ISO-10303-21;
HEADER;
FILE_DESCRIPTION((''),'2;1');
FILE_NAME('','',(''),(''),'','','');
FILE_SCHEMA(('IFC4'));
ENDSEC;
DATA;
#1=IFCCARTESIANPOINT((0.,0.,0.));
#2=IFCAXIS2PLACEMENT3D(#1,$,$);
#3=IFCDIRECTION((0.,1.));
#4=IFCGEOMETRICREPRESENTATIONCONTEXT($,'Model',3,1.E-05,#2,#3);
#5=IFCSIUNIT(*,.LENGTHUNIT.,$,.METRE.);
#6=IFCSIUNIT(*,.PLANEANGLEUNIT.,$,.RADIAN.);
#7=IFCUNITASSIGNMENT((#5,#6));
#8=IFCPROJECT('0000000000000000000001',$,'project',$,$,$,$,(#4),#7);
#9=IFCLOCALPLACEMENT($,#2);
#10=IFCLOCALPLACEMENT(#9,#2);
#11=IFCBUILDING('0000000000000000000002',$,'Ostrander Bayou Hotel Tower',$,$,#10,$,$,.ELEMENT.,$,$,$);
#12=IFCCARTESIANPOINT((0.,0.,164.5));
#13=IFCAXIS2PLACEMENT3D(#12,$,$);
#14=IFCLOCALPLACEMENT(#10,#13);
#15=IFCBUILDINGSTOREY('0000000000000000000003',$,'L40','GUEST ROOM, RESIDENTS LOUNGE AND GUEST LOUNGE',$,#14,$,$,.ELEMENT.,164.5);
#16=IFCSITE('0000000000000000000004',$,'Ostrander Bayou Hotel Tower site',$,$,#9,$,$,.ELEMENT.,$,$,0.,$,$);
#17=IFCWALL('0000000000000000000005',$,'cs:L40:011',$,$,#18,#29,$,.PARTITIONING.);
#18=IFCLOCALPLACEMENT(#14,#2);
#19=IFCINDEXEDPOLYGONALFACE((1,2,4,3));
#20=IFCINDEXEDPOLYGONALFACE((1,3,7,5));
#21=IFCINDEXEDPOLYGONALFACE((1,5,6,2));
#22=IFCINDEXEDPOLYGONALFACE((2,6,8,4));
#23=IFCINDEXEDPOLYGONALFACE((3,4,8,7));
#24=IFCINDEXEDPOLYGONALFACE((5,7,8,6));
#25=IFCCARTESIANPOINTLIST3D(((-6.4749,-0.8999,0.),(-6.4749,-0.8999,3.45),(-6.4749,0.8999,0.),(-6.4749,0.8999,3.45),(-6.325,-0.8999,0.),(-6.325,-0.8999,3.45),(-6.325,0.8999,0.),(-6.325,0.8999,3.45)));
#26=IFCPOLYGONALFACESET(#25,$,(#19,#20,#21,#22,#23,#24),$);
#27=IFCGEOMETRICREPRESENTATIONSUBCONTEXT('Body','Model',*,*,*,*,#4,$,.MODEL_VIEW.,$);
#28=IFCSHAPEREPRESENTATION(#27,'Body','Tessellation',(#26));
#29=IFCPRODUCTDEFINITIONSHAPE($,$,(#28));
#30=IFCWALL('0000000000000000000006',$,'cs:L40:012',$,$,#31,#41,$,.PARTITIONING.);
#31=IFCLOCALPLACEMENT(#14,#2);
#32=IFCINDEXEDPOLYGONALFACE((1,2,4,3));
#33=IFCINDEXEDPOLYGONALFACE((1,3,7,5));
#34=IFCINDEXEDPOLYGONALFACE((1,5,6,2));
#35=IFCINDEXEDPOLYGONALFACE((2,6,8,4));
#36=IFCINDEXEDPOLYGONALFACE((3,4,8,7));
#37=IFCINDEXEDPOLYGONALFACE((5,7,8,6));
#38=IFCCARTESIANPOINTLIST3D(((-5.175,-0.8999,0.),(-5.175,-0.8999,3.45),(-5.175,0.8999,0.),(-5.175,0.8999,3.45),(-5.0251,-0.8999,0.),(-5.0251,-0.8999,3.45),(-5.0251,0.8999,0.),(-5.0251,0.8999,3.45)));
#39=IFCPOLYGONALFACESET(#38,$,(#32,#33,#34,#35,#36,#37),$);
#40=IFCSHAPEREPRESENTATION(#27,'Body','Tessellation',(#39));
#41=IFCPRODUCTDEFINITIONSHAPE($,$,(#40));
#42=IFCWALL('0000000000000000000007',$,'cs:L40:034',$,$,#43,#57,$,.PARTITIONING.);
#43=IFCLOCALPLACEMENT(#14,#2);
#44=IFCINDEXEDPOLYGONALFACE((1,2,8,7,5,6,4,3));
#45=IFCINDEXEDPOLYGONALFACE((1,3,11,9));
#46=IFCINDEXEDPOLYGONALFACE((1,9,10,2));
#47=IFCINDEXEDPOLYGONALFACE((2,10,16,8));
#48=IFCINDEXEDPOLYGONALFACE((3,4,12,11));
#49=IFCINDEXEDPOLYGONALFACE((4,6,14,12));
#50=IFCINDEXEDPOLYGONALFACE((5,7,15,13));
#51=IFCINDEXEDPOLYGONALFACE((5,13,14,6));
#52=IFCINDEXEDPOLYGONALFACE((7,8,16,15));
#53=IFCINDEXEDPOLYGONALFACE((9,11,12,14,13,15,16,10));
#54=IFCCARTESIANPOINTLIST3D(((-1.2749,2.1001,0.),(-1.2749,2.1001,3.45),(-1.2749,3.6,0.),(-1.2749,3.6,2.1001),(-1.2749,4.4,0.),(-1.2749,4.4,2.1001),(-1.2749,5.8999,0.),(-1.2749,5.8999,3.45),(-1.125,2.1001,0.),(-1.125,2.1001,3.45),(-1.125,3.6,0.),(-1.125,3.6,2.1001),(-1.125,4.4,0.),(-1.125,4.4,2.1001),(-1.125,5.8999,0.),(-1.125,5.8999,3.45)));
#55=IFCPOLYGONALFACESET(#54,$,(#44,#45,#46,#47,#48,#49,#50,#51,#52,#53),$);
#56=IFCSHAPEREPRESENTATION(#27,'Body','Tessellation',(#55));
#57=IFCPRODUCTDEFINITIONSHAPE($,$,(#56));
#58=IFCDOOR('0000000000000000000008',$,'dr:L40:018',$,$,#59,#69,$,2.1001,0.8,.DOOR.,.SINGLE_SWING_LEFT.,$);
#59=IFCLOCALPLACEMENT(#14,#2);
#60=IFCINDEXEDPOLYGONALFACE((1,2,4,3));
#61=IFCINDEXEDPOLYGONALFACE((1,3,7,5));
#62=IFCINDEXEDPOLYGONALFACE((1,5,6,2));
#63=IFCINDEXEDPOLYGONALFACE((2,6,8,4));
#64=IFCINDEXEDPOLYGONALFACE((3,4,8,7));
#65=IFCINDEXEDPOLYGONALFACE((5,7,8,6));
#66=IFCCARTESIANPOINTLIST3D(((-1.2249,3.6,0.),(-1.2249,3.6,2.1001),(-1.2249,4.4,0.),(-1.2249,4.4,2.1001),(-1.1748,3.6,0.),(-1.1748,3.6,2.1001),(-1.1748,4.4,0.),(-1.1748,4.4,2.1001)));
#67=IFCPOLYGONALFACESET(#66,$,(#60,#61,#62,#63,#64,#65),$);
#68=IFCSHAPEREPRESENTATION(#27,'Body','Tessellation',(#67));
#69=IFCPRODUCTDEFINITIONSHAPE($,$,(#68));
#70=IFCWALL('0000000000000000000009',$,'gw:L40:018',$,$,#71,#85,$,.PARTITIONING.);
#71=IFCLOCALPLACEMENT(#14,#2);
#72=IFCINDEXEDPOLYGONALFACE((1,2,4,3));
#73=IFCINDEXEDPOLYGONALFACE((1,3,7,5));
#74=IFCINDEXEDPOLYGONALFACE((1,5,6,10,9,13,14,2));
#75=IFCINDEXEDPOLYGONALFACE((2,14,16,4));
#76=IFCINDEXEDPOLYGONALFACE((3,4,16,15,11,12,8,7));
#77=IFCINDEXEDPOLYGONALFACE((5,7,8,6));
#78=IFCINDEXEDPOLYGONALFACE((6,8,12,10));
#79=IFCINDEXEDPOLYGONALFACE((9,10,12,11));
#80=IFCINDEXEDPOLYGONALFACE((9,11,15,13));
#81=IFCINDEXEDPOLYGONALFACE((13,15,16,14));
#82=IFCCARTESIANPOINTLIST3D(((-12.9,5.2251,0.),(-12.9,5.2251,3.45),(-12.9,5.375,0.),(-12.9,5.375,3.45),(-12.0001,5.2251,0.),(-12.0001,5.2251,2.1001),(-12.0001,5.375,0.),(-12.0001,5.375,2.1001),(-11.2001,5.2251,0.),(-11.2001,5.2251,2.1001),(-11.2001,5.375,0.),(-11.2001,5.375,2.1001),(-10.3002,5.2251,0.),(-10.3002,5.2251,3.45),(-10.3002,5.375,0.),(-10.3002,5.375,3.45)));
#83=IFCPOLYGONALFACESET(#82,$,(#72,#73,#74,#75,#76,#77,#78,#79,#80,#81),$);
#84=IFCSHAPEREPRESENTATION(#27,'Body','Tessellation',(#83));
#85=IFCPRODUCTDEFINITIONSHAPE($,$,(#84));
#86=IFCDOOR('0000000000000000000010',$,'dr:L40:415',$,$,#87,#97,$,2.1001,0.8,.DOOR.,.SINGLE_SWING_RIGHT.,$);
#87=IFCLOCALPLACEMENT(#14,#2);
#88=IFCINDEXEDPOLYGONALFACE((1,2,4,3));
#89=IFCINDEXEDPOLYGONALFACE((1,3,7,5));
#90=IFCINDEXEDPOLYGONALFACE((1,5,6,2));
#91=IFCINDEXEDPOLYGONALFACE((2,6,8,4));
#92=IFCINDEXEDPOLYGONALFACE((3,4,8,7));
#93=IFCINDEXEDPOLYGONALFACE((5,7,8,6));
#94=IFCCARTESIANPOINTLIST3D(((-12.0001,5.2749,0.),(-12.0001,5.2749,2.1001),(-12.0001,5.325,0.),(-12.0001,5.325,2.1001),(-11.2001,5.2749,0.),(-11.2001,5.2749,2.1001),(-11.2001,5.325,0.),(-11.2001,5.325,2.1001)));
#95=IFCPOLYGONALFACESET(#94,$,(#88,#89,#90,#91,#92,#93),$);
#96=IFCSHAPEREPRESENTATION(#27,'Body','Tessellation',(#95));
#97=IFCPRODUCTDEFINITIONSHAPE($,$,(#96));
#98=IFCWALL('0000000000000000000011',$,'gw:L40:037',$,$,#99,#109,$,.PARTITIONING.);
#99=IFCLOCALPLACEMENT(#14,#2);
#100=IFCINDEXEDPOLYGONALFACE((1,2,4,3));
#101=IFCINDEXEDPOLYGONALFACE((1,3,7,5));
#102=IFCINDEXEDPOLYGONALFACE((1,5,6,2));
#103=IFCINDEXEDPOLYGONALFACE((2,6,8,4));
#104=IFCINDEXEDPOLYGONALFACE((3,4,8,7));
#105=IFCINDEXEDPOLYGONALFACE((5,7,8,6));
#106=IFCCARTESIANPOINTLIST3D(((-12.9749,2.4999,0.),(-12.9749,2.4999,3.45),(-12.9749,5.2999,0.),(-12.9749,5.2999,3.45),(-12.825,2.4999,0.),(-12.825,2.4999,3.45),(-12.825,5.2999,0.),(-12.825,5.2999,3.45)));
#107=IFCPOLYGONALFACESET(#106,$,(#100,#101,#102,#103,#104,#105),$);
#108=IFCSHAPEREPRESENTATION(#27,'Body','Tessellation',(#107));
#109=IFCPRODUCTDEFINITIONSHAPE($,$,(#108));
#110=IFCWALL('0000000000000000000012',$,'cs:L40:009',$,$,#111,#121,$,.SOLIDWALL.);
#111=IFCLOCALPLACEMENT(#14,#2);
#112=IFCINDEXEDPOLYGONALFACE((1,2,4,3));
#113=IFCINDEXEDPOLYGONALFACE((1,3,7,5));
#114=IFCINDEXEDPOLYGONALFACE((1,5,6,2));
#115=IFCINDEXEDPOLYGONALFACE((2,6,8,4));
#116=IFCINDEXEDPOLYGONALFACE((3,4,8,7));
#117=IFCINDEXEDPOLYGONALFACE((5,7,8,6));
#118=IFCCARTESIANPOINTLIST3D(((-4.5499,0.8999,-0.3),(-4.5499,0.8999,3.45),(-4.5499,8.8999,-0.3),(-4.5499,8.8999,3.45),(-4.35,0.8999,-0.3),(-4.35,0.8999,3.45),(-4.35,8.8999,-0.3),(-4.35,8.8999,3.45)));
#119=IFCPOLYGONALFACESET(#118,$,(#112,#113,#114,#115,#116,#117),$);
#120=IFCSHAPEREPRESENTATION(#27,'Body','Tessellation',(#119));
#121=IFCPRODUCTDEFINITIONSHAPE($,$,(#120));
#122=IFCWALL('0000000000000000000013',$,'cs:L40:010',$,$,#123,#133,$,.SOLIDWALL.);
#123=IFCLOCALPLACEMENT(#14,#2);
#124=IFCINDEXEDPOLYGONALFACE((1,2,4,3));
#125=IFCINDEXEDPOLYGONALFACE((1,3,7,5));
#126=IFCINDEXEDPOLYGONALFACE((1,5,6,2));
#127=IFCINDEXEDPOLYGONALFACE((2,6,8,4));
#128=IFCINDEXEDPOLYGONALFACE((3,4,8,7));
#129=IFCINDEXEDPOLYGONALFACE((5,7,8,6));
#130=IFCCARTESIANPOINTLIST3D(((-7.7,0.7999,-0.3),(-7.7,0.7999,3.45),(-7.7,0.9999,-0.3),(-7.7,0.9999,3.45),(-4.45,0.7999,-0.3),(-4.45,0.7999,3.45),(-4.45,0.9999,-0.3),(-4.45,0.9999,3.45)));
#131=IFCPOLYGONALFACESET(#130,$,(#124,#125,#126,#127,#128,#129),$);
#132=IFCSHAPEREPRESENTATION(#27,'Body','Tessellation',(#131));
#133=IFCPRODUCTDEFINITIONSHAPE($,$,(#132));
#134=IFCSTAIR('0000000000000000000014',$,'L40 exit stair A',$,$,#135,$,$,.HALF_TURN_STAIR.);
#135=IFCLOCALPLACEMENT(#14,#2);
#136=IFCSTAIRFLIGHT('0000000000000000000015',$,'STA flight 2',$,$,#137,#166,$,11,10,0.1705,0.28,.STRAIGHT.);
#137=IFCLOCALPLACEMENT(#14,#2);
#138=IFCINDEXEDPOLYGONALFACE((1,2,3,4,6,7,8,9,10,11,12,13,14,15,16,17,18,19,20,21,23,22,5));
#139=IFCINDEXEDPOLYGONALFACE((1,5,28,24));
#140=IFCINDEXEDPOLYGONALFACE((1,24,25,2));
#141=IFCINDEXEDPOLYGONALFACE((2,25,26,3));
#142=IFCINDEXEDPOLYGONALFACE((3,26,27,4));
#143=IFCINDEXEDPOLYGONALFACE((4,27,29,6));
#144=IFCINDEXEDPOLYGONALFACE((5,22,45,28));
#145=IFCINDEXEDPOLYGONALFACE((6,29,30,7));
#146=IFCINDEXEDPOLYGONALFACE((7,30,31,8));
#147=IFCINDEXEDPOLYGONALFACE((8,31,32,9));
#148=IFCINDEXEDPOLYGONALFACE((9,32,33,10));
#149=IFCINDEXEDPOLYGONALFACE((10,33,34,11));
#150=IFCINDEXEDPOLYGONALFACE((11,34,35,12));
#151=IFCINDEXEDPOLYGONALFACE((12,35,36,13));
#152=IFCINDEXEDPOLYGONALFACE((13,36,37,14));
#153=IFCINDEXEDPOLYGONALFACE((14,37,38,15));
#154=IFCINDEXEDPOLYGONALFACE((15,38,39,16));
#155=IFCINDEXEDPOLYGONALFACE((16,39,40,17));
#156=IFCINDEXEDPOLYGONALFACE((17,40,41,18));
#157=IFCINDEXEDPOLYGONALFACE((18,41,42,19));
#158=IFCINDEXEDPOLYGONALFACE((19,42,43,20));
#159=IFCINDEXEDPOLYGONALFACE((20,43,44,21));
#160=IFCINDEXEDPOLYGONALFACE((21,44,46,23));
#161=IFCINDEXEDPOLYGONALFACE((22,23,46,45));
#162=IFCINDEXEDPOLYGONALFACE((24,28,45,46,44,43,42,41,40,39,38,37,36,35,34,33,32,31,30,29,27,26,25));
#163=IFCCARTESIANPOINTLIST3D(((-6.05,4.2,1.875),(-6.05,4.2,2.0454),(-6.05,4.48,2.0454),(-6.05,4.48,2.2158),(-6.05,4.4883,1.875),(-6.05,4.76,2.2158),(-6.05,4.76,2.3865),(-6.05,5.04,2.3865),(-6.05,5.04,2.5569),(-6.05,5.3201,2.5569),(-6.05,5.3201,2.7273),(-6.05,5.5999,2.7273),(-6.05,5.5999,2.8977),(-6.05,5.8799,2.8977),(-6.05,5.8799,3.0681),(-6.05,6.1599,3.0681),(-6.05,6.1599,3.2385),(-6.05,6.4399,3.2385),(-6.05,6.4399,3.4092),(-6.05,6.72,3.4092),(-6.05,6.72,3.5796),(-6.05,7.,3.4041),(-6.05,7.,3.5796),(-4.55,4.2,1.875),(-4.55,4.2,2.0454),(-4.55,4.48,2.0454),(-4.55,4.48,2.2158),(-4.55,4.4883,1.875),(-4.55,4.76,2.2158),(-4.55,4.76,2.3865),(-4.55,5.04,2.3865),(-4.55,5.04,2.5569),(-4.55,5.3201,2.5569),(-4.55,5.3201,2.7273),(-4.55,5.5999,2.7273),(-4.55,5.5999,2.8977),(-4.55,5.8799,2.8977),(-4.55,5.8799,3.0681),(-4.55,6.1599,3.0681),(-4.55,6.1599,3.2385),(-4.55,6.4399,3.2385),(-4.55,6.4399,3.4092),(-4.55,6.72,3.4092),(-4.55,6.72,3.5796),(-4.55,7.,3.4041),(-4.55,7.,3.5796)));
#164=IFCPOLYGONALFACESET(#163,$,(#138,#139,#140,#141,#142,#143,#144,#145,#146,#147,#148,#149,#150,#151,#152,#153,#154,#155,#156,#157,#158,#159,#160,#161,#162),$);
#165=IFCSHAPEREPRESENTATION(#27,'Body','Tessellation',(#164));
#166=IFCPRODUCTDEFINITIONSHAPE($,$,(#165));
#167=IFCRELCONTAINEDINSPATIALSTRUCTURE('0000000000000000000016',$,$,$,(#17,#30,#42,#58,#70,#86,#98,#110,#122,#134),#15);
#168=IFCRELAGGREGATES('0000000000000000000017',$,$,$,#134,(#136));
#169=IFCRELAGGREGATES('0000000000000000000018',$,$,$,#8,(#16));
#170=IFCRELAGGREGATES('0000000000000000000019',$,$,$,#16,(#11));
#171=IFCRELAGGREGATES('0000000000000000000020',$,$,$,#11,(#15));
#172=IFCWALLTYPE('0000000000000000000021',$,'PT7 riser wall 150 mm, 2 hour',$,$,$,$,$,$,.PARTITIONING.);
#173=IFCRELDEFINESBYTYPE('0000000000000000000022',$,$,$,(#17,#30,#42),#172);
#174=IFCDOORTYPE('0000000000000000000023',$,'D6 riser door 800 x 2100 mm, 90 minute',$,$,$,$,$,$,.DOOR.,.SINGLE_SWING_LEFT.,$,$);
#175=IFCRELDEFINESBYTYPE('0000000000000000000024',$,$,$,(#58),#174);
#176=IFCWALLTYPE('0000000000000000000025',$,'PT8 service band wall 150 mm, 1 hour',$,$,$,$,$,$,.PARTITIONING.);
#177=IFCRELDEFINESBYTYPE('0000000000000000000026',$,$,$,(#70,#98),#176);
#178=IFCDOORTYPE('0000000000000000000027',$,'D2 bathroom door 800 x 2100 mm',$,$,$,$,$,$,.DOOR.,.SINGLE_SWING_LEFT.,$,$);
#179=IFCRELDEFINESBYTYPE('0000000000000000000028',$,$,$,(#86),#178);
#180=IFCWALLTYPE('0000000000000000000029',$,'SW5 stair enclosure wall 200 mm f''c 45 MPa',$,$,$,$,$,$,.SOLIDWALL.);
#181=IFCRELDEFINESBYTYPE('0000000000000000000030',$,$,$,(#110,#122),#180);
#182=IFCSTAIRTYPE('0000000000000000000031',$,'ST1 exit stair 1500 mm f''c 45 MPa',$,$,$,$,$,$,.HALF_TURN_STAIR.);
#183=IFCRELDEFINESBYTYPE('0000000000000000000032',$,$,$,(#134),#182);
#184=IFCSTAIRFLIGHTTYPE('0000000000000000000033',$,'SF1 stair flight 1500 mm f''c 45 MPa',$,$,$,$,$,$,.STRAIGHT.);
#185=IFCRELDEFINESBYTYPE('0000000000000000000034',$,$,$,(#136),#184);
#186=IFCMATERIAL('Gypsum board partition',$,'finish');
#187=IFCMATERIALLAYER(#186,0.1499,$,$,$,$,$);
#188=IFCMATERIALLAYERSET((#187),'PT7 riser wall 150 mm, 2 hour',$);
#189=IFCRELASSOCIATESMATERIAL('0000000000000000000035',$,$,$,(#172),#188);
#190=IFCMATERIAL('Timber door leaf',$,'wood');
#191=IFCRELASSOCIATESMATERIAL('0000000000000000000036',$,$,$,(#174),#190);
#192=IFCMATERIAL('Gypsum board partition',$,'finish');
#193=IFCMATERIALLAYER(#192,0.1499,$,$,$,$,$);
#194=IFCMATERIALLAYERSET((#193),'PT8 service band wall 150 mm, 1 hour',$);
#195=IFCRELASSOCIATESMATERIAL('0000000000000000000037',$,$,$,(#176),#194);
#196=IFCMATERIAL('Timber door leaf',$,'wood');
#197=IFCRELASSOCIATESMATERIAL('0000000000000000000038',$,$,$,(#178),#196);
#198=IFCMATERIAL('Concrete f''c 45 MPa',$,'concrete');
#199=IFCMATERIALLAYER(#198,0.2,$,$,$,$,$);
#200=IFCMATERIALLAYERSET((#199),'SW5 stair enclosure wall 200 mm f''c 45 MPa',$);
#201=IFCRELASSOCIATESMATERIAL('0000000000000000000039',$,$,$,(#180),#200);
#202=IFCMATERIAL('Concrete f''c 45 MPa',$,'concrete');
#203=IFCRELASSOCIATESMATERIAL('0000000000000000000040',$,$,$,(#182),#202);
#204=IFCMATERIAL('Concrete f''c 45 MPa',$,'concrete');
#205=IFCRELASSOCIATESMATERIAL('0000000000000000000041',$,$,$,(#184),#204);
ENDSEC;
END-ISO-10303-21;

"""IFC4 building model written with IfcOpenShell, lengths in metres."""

from ifc_helpers import new_model, si_unit, direction, frame, frame_2d, origin, place, context, subcontext, project, spatial, polyline, rectangle, outline, extrude, material, layer, layer_set, type_object, element, fill, aggregate, save


model = new_model("IFC4")

# Units and contexts
model_context = context("Model", 3, precision=1e-05, world=origin(), true_north=direction((0.0, 1.0)))
body_context = subcontext(model_context, "Body", "Model", "MODEL_VIEW")
ifc_project = project(units=[si_unit("LENGTHUNIT", "METRE"), si_unit("PLANEANGLEUNIT", "RADIAN")], contexts=[model_context])

# Site, building, storey
site_placement = place(None, origin())
site = spatial("IfcSite", under=ifc_project, at=site_placement, Name="Ostrander Bayou Hotel Tower site", CompositionType="ELEMENT", RefElevation=0.0)
building_placement = place(site_placement, origin())
building = spatial("IfcBuilding", under=site, at=building_placement, Name="Ostrander Bayou Hotel Tower", CompositionType="ELEMENT")
storey_placement = place(building_placement, frame((0.0, 0.0, 164.5)))
storey = spatial("IfcBuildingStorey", under=building, at=storey_placement, Name="L40", Description="GUEST ROOM, RESIDENTS LOUNGE AND GUEST LOUNGE", CompositionType="ELEMENT", Elevation=164.5)

# Walls
ifc_material_1 = material(Name="Gypsum board partition", Category="finish")
ifc_layer_1 = layer(ifc_material_1, 0.1499)
ifc_layer_set_1 = layer_set([ifc_layer_1], Name="PT7 riser wall 150 mm, 2 hour")
wall_type_1 = type_object("IfcWallType", Name="PT7 riser wall 150 mm, 2 hour", PredefinedType="PARTITIONING", material=ifc_layer_set_1)
for number, where, z_axis, x_axis, name in (
    (1, (-6.3999, -0.8999, 0.0), (0.0, 0.0, 1.0), (0.0, 1.0, 0.0), "cs:L40:011"),
    (2, (-5.1001, -0.8999, 0.0), (0.0, 0.0, 1.0), (0.0, 1.0, 0.0), "cs:L40:012"),
):
    element("IfcWall", number, at=place(storey_placement, frame(where, z_axis=z_axis, x_axis=x_axis)), inside=storey, type_object=wall_type_1, Name=name, PredefinedType="PARTITIONING", context=body_context, shape_type="SweptSolid", body=[
        extrude(rectangle(XDim=1.7998, YDim=0.1499, at=frame_2d((0.8999, 0.0))), origin(), (0.0, 0.0, 1.0), 3.45),
    ])

# Walls, openings, doors
wall_1_placement = place(storey_placement, frame((-1.2, 2.1001, 0.0), z_axis=(0.0, 0.0, 1.0), x_axis=(0.0, 1.0, 0.0)))
wall_1 = element("IfcWall", 3, at=wall_1_placement, inside=storey, type_object=wall_type_1, Name="cs:L40:034", PredefinedType="PARTITIONING", context=body_context, shape_type="SweptSolid", body=[
    extrude(rectangle(XDim=3.7998, YDim=0.1499, at=frame_2d((1.8999, 0.0))), origin(), (0.0, 0.0, 1.0), 3.45),
])
opening_1_placement = place(wall_1_placement, frame((1.5, 0.0, 0.0)))
opening_1 = element("IfcOpeningElement", 4, at=opening_1_placement, cuts=wall_1, PredefinedType="OPENING", context=body_context, shape_type="SweptSolid", body=[
    extrude(rectangle(XDim=0.8, YDim=2.1001, at=frame_2d((0.3999, 1.05))), frame((0.0, 0.075, 0.0), z_axis=(0.0, -1.0, 0.0), x_axis=(1.0, 0.0, 0.0)), (0.0, 0.0, 1.0), 0.1499),
])
ifc_material_2 = material(Name="Timber door leaf", Category="wood")
door_type_1 = type_object("IfcDoorType", Name="D6 riser door 800 x 2100 mm, 90 minute", OperationType="SINGLE_SWING_LEFT", PredefinedType="DOOR", material=ifc_material_2)
door_1_placement = place(opening_1_placement, origin())
door_1 = element("IfcDoor", 5, at=door_1_placement, inside=storey, type_object=door_type_1, Name="dr:L40:018", OperationType="SINGLE_SWING_LEFT", OverallHeight=2.1001, OverallWidth=0.8, PredefinedType="DOOR", context=body_context, shape_type="SweptSolid", body=[
    extrude(rectangle(XDim=0.8, YDim=2.1001, at=frame_2d((0.3999, 1.05))), frame((0.0, 0.0249, 0.0), z_axis=(0.0, -1.0, 0.0), x_axis=(1.0, 0.0, 0.0)), (0.0, 0.0, 1.0), 0.05),
])
fill(opening_1, door_1)
ifc_material_3 = material(Name="Gypsum board partition", Category="finish")
ifc_layer_2 = layer(ifc_material_3, 0.1499)
ifc_layer_set_2 = layer_set([ifc_layer_2], Name="PT8 service band wall 150 mm, 1 hour")
wall_type_2 = type_object("IfcWallType", Name="PT8 service band wall 150 mm, 1 hour", PredefinedType="PARTITIONING", material=ifc_layer_set_2)
wall_2_placement = place(storey_placement, frame((-12.8999, 5.3, 0.0), z_axis=(0.0, 0.0, 1.0), x_axis=(1.0, 0.0, 0.0)))
wall_2 = element("IfcWall", 6, at=wall_2_placement, inside=storey, type_object=wall_type_2, Name="gw:L40:018", PredefinedType="PARTITIONING", context=body_context, shape_type="SweptSolid", body=[
    extrude(rectangle(XDim=2.5999, YDim=0.1499, at=frame_2d((1.2998, 0.0))), origin(), (0.0, 0.0, 1.0), 3.45),
])
opening_2_placement = place(wall_2_placement, frame((0.8999, 0.0, 0.0)))
opening_2 = element("IfcOpeningElement", 7, at=opening_2_placement, cuts=wall_2, PredefinedType="OPENING", context=body_context, shape_type="SweptSolid", body=[
    extrude(rectangle(XDim=0.8, YDim=2.1001, at=frame_2d((0.3999, 1.05))), frame((0.0, 0.075, 0.0), z_axis=(0.0, -1.0, 0.0), x_axis=(1.0, 0.0, 0.0)), (0.0, 0.0, 1.0), 0.1499),
])
ifc_material_4 = material(Name="Timber door leaf", Category="wood")
door_type_2 = type_object("IfcDoorType", Name="D2 bathroom door 800 x 2100 mm", OperationType="SINGLE_SWING_LEFT", PredefinedType="DOOR", material=ifc_material_4)
door_2_placement = place(opening_2_placement, origin())
door_2 = element("IfcDoor", 8, at=door_2_placement, inside=storey, type_object=door_type_2, Name="dr:L40:415", OperationType="SINGLE_SWING_RIGHT", OverallHeight=2.1001, OverallWidth=0.8, PredefinedType="DOOR", context=body_context, shape_type="SweptSolid", body=[
    extrude(rectangle(XDim=0.8, YDim=2.1001, at=frame_2d((0.3999, 1.05))), frame((0.0, 0.0249, 0.0), z_axis=(0.0, -1.0, 0.0), x_axis=(1.0, 0.0, 0.0)), (0.0, 0.0, 1.0), 0.05),
])
fill(opening_2, door_2)

# Walls
wall_3_placement = place(storey_placement, frame((-12.8999, 2.5, 0.0), z_axis=(0.0, 0.0, 1.0), x_axis=(0.0, 1.0, 0.0)))
element("IfcWall", 9, at=wall_3_placement, inside=storey, type_object=wall_type_2, Name="gw:L40:037", PredefinedType="PARTITIONING", context=body_context, shape_type="SweptSolid", body=[
    extrude(rectangle(XDim=2.8, YDim=0.1499, at=frame_2d((1.3999, 0.0))), origin(), (0.0, 0.0, 1.0), 3.45),
])
ifc_material_5 = material(Name="Concrete f'c 45 MPa", Category="concrete")
ifc_layer_3 = layer(ifc_material_5, 0.2)
ifc_layer_set_3 = layer_set([ifc_layer_3], Name="SW5 stair enclosure wall 200 mm f'c 45 MPa")
wall_type_3 = type_object("IfcWallType", Name="SW5 stair enclosure wall 200 mm f'c 45 MPa", PredefinedType="SOLIDWALL", material=ifc_layer_set_3)
wall_4_placement = place(storey_placement, frame((-4.45, 0.8999, -0.3), z_axis=(0.0, 0.0, 1.0), x_axis=(0.0, 1.0, 0.0)))
element("IfcWall", 10, at=wall_4_placement, inside=storey, type_object=wall_type_3, Name="cs:L40:009", PredefinedType="SOLIDWALL", context=body_context, shape_type="SweptSolid", body=[
    extrude(rectangle(XDim=8.0, YDim=0.2, at=frame_2d((4.0, 0.0))), origin(), (0.0, 0.0, 1.0), 3.75),
])
wall_5_placement = place(storey_placement, frame((-7.7, 0.8999, -0.3), z_axis=(0.0, 0.0, 1.0), x_axis=(1.0, 0.0, 0.0)))
element("IfcWall", 11, at=wall_5_placement, inside=storey, type_object=wall_type_3, Name="cs:L40:010", PredefinedType="SOLIDWALL", context=body_context, shape_type="SweptSolid", body=[
    extrude(rectangle(XDim=3.25, YDim=0.2, at=frame_2d((1.625, 0.0))), origin(), (0.0, 0.0, 1.0), 3.75),
])

# Stair, stair flight
ifc_material_6 = material(Name="Concrete f'c 45 MPa", Category="concrete")
stair_type = type_object("IfcStairType", Name="ST1 exit stair 1500 mm f'c 45 MPa", PredefinedType="HALF_TURN_STAIR", material=ifc_material_6)
stair_placement = place(storey_placement, origin())
stair = element("IfcStair", 12, at=stair_placement, inside=storey, type_object=stair_type, Name="L40 exit stair A", PredefinedType="HALF_TURN_STAIR")
ifc_material_7 = material(Name="Concrete f'c 45 MPa", Category="concrete")
stair_flight_type = type_object("IfcStairFlightType", Name="SF1 stair flight 1500 mm f'c 45 MPa", PredefinedType="STRAIGHT", material=ifc_material_7)
stair_flight_placement = place(storey_placement, frame((-5.3, 4.2, 1.875), z_axis=(0.0, 0.0, 1.0), x_axis=(0.0, 1.0, 0.0)))
stair_flight = element("IfcStairFlight", 13, at=stair_flight_placement, type_object=stair_flight_type, Name="STA flight 2", NumberOfRisers=11, NumberOfTreads=10, PredefinedType="STRAIGHT", RiserHeight=0.1705, TreadLength=0.28, context=body_context, shape_type="SweptSolid", body=[
    extrude(outline(polyline([(0.0, 0.0), (0.0, 0.1704), (0.28, 0.1704), (0.28, 0.3408), (0.5601, 0.3408), (0.5601, 0.5115), (0.8401, 0.5115), (0.8401, 0.6819), (1.1201, 0.6819), (1.1201, 0.8523), (1.3999, 0.8523), (1.3999, 1.0227), (1.6799, 1.0227), (1.6799, 1.1931), (1.96, 1.1931), (1.96, 1.3635), (2.24, 1.3635), (2.24, 1.5342), (2.52, 1.5342), (2.52, 1.7046), (2.8, 1.7046), (2.8, 1.875), (2.8, 1.5291), (0.2883, 0.0), (0.0, 0.0)])), frame((0.0, 0.75, 0.0), z_axis=(0.0, -1.0, 0.0), x_axis=(1.0, 0.0, 0.0)), (0.0, 0.0, 1.0), 1.5),
])
aggregate(stair, [stair_flight])

save(model, "model.ifc")
